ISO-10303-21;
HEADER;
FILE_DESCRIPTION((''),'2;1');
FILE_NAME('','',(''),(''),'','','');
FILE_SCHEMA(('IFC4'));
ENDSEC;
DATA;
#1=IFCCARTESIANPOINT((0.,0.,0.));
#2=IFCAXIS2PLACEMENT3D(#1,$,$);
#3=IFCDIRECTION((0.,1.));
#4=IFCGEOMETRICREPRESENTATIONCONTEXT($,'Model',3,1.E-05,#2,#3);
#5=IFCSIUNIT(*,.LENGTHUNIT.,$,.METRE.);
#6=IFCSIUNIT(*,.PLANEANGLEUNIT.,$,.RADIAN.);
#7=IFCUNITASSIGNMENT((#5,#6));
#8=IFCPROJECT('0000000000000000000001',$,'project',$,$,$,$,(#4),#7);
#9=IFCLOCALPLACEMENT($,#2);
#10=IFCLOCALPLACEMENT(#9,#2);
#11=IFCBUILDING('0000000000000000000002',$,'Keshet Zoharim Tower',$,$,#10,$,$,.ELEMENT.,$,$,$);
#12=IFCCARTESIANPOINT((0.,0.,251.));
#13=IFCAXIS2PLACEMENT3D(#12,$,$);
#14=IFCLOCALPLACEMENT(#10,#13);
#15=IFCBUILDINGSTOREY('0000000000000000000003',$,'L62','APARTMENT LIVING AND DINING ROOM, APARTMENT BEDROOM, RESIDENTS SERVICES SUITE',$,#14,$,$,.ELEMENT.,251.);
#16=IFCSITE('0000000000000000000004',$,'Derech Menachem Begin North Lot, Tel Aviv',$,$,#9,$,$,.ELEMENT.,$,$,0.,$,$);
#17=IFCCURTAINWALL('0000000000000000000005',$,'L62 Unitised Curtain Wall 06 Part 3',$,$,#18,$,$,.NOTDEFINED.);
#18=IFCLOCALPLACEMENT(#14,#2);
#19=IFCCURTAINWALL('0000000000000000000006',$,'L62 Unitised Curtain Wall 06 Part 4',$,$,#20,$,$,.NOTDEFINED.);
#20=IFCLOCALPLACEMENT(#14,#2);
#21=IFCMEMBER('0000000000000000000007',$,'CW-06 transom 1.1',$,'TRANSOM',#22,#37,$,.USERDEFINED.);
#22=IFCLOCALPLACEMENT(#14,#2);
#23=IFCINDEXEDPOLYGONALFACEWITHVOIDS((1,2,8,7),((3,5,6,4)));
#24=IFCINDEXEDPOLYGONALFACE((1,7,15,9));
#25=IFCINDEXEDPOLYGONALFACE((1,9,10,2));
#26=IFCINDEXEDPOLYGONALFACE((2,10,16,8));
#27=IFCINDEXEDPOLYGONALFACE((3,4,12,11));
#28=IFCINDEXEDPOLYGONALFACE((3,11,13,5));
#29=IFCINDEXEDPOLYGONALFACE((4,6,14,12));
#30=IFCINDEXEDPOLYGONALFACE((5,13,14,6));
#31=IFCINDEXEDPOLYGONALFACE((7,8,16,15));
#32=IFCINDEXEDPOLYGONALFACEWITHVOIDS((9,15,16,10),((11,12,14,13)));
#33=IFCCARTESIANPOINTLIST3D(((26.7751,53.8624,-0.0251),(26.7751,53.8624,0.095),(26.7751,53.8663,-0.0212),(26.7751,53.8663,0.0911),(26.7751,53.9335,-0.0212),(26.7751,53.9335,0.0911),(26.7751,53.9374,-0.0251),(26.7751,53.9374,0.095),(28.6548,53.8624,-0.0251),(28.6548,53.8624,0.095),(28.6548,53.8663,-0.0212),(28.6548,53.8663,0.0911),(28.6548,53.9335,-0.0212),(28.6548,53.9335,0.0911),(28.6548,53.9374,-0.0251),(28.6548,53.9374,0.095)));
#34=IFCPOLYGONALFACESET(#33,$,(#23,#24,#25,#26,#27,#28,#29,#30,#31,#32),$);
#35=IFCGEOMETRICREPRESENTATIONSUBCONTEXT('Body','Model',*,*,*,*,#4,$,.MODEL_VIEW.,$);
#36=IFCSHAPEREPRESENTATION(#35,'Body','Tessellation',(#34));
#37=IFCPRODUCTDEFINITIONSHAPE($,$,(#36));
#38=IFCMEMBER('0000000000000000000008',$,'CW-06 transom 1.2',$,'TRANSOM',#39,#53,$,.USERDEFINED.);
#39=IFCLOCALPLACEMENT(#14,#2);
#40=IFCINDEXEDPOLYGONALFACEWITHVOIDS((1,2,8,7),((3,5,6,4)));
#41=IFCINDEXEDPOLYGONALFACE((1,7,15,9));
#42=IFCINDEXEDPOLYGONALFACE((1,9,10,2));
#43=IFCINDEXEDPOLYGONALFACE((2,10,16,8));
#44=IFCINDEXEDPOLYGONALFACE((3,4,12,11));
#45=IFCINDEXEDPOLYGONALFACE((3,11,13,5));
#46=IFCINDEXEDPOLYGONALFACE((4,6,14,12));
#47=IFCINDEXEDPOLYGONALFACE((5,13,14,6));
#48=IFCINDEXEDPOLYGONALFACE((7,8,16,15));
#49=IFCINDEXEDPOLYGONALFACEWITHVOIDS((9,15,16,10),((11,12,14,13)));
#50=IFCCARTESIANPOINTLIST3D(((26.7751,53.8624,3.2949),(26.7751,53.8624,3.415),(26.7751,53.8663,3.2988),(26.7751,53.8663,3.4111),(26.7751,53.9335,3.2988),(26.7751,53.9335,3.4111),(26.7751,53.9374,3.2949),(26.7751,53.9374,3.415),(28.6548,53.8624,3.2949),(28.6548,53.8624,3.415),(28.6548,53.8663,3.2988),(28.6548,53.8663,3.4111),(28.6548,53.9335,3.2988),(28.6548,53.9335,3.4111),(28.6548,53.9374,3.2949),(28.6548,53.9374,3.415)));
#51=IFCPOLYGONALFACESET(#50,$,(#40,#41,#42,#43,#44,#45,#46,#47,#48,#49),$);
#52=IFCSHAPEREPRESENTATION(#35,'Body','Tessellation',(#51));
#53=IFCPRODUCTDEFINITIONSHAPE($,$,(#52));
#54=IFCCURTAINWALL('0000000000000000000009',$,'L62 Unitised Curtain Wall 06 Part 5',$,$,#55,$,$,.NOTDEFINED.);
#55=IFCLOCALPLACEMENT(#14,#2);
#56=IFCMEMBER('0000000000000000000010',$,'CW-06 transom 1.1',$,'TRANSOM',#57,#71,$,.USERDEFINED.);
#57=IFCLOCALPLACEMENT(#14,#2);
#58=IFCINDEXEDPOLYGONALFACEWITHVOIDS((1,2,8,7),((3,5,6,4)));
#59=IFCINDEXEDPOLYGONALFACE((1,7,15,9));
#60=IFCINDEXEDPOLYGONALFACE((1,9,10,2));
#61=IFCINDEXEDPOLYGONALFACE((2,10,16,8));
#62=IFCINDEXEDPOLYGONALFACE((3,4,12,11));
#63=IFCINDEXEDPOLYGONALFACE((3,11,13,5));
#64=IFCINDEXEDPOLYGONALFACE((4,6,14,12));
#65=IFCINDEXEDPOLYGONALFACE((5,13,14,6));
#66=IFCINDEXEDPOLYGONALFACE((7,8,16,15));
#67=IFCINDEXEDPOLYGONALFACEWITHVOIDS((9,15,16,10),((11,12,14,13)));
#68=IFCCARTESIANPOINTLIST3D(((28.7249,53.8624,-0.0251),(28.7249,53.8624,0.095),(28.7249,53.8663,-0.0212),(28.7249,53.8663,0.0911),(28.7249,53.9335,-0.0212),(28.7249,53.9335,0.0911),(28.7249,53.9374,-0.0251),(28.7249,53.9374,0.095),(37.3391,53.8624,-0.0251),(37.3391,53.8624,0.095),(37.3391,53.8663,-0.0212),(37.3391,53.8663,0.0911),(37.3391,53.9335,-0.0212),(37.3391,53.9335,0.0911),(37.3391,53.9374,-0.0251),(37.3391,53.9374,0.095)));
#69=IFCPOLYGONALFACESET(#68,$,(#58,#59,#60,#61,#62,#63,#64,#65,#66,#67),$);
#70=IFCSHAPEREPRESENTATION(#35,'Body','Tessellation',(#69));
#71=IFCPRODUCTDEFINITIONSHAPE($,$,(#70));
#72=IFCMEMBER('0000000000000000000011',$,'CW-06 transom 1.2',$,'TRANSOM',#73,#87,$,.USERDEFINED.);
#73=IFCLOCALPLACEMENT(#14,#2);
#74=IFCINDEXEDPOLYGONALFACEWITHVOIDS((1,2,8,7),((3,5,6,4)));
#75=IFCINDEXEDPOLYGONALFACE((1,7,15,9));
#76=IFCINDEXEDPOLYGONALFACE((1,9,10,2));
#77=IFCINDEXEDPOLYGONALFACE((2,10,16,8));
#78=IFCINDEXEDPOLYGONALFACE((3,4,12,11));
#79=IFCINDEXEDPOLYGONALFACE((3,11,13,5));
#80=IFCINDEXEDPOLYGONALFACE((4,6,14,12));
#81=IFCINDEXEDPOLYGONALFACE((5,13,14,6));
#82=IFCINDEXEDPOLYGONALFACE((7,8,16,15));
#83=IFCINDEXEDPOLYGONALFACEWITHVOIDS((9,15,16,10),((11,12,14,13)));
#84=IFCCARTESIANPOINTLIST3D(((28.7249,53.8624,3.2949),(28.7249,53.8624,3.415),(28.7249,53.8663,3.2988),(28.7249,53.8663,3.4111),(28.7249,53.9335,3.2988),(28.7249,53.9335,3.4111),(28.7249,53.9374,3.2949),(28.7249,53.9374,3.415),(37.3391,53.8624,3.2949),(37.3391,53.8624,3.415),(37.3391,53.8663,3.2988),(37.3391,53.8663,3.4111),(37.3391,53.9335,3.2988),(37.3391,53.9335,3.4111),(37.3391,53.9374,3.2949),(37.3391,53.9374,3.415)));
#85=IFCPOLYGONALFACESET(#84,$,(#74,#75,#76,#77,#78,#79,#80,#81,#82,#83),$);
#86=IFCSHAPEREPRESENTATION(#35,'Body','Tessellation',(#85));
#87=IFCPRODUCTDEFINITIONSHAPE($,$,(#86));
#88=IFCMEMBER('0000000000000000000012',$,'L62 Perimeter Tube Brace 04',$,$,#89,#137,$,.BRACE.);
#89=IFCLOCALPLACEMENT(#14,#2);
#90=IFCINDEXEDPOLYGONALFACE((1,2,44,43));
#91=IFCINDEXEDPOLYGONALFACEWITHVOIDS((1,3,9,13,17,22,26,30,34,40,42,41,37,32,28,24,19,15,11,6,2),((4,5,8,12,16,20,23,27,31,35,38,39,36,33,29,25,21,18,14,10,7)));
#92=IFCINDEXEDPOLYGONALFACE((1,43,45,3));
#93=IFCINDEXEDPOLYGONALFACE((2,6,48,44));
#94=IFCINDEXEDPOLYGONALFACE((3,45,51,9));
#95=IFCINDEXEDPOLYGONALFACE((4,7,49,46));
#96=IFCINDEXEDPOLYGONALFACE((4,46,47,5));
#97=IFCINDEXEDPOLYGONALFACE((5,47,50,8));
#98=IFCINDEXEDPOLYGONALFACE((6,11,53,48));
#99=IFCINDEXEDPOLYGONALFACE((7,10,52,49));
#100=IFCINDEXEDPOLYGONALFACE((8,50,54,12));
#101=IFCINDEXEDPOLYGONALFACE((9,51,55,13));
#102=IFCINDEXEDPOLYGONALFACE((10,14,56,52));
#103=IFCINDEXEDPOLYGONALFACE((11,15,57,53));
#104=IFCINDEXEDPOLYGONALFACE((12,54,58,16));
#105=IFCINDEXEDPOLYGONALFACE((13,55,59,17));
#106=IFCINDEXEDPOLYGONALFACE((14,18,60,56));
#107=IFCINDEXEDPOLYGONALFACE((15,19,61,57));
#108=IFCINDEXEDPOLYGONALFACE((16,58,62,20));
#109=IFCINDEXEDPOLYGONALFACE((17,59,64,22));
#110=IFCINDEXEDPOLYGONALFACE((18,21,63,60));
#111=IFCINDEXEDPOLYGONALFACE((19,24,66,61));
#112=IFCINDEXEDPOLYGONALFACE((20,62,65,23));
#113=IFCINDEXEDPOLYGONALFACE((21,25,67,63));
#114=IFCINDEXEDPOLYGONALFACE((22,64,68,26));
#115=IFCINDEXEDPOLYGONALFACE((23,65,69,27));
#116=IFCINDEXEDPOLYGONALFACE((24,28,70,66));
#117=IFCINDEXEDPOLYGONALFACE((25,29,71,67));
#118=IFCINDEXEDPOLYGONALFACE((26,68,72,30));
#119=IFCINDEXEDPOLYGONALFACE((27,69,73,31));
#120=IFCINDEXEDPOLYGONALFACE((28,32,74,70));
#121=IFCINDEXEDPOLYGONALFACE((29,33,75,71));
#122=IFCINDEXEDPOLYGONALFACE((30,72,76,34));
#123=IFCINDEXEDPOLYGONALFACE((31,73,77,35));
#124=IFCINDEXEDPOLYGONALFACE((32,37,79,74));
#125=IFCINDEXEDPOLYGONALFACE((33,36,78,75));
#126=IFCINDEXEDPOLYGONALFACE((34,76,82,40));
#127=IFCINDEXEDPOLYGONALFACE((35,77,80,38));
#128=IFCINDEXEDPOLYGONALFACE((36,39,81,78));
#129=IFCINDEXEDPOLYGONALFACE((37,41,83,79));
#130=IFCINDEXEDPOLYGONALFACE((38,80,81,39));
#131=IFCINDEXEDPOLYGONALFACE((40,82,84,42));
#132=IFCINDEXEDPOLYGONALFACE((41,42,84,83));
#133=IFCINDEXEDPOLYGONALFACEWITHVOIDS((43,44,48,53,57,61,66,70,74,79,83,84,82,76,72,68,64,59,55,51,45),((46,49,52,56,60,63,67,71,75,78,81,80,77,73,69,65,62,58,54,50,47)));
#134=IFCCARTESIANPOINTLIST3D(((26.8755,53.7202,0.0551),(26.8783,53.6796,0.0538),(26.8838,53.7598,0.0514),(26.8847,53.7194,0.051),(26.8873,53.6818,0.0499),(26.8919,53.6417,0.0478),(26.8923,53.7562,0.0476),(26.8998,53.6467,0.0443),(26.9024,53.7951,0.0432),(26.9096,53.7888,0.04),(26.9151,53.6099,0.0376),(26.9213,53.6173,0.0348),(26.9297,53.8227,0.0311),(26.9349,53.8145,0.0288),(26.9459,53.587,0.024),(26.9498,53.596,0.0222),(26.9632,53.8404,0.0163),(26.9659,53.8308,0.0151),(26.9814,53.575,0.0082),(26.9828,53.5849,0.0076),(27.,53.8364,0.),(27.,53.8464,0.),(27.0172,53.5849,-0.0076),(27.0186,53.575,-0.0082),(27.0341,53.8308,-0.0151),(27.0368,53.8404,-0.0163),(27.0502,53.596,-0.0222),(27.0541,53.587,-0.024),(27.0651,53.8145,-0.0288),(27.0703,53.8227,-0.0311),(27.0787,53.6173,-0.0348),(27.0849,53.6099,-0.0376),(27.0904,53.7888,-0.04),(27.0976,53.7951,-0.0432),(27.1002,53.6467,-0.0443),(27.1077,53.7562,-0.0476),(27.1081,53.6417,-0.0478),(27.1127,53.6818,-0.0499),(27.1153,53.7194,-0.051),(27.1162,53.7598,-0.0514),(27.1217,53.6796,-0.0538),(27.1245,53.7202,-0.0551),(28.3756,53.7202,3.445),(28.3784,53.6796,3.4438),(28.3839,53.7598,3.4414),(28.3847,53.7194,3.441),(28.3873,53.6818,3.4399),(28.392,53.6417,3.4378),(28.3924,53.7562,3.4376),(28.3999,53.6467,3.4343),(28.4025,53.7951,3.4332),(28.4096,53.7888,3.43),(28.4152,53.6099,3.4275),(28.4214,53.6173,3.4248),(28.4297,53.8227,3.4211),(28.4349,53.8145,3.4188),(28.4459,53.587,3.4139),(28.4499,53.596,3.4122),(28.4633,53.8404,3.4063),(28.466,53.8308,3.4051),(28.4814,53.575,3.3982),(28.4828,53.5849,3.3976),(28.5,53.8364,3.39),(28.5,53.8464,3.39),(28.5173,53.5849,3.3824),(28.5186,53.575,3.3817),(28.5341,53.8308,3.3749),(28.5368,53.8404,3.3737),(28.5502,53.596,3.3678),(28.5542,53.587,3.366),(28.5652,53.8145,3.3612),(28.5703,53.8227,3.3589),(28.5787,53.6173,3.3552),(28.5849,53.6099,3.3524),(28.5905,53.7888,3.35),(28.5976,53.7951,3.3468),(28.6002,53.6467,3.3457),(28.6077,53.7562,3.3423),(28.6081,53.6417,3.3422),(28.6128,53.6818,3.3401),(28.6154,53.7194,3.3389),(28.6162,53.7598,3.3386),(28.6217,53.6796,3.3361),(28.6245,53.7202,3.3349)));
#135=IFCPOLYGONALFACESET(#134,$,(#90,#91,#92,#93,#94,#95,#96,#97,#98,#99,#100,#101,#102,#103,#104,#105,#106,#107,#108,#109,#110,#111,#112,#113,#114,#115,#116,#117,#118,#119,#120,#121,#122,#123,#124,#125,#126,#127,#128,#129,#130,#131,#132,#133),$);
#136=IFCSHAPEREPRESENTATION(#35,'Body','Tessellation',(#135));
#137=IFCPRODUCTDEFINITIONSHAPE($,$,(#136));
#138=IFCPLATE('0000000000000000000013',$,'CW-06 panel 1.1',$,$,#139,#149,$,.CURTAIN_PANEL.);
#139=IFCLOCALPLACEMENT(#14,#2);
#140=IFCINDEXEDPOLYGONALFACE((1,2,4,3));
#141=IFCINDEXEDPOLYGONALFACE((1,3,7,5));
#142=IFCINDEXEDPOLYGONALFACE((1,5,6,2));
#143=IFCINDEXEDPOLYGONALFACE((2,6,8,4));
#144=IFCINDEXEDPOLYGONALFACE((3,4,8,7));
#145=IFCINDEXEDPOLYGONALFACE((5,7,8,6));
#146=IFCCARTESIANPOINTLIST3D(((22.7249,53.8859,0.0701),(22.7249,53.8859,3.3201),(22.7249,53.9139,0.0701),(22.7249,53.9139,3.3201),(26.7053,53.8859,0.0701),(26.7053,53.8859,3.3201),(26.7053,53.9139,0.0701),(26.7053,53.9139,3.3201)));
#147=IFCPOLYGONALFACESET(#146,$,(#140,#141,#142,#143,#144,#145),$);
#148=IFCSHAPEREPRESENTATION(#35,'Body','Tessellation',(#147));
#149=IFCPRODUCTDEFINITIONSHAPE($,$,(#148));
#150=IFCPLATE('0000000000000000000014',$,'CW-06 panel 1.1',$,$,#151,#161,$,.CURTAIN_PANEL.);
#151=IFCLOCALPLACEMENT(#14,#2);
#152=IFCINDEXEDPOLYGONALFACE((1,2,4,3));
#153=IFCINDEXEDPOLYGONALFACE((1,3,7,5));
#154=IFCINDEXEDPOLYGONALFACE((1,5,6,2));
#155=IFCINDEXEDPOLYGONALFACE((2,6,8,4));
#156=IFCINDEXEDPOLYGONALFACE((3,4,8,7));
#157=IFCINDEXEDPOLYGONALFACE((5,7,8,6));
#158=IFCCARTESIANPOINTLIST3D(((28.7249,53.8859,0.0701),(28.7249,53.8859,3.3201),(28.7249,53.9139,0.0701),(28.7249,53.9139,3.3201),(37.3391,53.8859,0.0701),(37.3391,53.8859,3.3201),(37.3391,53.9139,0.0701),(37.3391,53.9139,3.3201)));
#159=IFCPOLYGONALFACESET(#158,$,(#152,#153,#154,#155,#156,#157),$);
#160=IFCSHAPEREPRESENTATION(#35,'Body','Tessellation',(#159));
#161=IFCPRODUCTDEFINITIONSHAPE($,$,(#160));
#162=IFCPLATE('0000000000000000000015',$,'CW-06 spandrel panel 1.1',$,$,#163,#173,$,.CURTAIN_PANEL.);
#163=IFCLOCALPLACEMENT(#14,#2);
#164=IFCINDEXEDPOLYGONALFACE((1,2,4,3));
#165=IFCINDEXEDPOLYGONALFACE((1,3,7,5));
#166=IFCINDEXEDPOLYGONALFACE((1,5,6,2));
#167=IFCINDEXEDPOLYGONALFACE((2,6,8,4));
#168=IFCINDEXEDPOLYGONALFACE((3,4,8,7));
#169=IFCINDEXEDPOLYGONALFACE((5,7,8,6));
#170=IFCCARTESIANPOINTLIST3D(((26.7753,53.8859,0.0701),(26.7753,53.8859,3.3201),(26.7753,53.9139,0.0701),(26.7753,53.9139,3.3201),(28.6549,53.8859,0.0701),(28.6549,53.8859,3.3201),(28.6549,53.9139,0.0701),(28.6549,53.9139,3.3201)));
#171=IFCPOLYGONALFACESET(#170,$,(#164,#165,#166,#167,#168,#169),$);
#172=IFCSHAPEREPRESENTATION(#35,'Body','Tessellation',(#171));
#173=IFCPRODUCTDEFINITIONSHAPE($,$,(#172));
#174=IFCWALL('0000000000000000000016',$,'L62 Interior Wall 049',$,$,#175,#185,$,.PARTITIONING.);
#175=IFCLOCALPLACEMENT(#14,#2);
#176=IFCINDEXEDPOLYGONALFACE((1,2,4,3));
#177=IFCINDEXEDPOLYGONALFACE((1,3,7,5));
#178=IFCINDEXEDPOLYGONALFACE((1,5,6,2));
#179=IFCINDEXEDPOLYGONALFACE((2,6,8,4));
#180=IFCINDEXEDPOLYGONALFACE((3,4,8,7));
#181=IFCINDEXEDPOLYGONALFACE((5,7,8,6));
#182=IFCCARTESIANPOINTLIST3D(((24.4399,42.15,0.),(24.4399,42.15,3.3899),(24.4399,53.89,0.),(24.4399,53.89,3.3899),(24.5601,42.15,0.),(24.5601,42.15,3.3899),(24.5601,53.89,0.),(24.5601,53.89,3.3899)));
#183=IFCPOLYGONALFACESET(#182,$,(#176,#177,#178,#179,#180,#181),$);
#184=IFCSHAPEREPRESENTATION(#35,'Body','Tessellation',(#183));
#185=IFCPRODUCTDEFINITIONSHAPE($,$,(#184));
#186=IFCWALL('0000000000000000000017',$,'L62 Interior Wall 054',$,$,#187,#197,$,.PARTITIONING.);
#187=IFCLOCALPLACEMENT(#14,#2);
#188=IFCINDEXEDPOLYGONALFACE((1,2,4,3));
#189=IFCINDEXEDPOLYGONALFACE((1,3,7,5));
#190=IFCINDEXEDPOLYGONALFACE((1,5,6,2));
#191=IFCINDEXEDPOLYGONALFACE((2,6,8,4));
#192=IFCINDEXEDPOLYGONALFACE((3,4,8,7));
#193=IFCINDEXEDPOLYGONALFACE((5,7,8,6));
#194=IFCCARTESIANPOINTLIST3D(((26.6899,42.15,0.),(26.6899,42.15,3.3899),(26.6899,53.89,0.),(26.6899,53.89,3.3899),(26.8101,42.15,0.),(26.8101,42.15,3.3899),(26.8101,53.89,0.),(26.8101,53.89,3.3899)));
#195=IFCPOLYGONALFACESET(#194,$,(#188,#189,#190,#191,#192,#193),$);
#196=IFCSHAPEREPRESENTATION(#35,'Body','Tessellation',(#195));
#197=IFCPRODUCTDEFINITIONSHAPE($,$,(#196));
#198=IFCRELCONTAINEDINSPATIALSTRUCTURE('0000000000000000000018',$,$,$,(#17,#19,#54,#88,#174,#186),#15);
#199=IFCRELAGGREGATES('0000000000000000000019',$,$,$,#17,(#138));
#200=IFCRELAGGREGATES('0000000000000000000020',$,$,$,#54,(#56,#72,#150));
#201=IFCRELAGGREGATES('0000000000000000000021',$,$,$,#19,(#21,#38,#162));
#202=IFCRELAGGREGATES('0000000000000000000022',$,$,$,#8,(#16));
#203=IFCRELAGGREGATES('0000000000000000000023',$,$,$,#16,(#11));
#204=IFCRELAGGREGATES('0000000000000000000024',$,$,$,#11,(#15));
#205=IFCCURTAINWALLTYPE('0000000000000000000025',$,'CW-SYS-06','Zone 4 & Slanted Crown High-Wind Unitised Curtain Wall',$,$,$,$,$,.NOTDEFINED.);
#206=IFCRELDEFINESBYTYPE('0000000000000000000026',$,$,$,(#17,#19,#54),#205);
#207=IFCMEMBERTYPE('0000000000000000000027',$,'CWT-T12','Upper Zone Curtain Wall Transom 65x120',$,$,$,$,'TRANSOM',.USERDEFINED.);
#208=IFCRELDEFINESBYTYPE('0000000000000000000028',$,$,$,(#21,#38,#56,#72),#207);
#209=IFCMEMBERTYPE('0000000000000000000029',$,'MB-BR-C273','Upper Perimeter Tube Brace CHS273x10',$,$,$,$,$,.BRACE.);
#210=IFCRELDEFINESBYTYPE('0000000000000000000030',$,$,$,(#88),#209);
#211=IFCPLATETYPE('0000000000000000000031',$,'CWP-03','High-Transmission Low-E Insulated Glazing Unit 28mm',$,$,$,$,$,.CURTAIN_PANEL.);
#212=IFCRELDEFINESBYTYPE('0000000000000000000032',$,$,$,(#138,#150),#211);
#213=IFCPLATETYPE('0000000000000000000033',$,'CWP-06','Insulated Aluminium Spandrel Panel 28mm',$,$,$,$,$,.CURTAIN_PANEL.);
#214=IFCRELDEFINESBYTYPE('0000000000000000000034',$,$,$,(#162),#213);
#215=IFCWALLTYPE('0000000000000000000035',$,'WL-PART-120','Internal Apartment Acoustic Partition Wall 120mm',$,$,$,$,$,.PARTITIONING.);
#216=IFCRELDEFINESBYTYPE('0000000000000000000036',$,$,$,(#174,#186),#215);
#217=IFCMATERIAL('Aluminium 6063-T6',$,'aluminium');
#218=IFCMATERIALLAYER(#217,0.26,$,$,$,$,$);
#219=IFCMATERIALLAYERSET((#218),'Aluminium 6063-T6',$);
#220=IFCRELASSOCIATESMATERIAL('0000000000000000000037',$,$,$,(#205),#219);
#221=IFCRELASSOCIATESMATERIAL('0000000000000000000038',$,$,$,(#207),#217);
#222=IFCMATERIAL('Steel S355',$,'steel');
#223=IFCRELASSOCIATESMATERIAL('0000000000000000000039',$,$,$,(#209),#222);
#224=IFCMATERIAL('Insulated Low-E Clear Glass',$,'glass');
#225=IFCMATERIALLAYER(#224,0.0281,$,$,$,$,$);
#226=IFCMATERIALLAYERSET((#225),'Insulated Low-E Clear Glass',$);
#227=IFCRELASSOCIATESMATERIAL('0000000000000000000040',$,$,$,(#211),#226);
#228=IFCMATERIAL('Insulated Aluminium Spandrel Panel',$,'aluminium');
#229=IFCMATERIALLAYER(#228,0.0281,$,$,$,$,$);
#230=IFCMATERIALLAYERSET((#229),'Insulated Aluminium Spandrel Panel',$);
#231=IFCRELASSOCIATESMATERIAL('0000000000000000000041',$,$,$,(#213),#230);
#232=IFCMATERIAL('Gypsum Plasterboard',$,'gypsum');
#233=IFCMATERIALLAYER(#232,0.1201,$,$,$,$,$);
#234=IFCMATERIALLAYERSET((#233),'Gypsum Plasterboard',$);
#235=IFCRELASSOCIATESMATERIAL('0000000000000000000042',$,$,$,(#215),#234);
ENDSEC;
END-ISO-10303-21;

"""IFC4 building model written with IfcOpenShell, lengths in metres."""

from ifc_helpers import new_model, si_unit, direction, frame, frame_2d, origin, origin_2d, place, context, subcontext, project, spatial, rectangle, hollow_rectangle, hollow_circle, extrude, material, layer, layer_set, material_profile, profile_set, type_object, element, aggregate, save


model = new_model("IFC4")

# Units and contexts
model_context = context("Model", 3, precision=1e-05, world=origin(), true_north=direction((0.0, 1.0)))
body_context = subcontext(model_context, "Body", "Model", "MODEL_VIEW")
ifc_project = project(units=[si_unit("LENGTHUNIT", "METRE"), si_unit("PLANEANGLEUNIT", "RADIAN")], contexts=[model_context])

# Site, building, storey
site_placement = place(None, origin())
site = spatial("IfcSite", under=ifc_project, at=site_placement, Name="Derech Menachem Begin North Lot, Tel Aviv", CompositionType="ELEMENT", RefElevation=0.0)
building_placement = place(site_placement, origin())
building = spatial("IfcBuilding", under=site, at=building_placement, Name="Keshet Zoharim Tower", CompositionType="ELEMENT")
storey_placement = place(building_placement, frame((0.0, 0.0, 251.0)))
storey = spatial("IfcBuildingStorey", under=building, at=storey_placement, Name="L62", Description="APARTMENT LIVING AND DINING ROOM, APARTMENT BEDROOM, RESIDENTS SERVICES SUITE", CompositionType="ELEMENT", Elevation=251.0)

# Shared definitions
ifc_material_1 = material(Name="Steel S355", Category="steel")

# Curtain wall
ifc_material_2 = material(Name="Aluminium 6063-T6", Category="aluminium")
ifc_layer_1 = layer(ifc_material_2, 0.26)
ifc_layer_set_1 = layer_set([ifc_layer_1], Name="Aluminium 6063-T6")
curtain_wall_type = type_object("IfcCurtainWallType", Name="CW-SYS-06", Description="Zone 4 & Slanted Crown High-Wind Unitised Curtain Wall", PredefinedType="NOTDEFINED", material=ifc_layer_set_1)
curtain_wall_1_placement = place(storey_placement, origin())
curtain_wall_1 = element("IfcCurtainWall", 1, at=curtain_wall_1_placement, inside=storey, type_object=curtain_wall_type, Name="L62 Unitised Curtain Wall 06 Part 3", PredefinedType="NOTDEFINED")

# Curtain walls, members
curtain_wall_2_placement = place(storey_placement, origin())
curtain_wall_2 = element("IfcCurtainWall", 2, at=curtain_wall_2_placement, inside=storey, type_object=curtain_wall_type, Name="L62 Unitised Curtain Wall 06 Part 4", PredefinedType="NOTDEFINED")
ifc_material_profile_1 = material_profile(ifc_material_2, hollow_rectangle(XDim=0.075, YDim=0.1201, WallThickness=0.0039, at=origin_2d()), Name="TRN-75x120")
ifc_profile_set_1 = profile_set([ifc_material_profile_1], Name="Aluminium 6063-T6")
member_type_1 = type_object("IfcMemberType", Name="CWT-T12", Description="Upper Zone Curtain Wall Transom 65x120", ElementType="TRANSOM", PredefinedType="USERDEFINED", material=ifc_profile_set_1)
member_1_placement = place(storey_placement, frame((26.7751, 53.8999, 0.0349), z_axis=(1.0, 0.0, 0.0), x_axis=(0.0, 1.0, 0.0)))
member_1 = element("IfcMember", 3, at=member_1_placement, type_object=member_type_1, Name="CW-06 transom 1.1", ObjectType="TRANSOM", PredefinedType="USERDEFINED", context=body_context, shape_type="SweptSolid", body=[
    extrude(hollow_rectangle(XDim=0.075, YDim=0.1201, WallThickness=0.0039, at=origin_2d()), origin(), (0.0, 0.0, 1.0), 1.8796),
])
member_2_placement = place(storey_placement, frame((26.7751, 53.8999, 3.355), z_axis=(1.0, 0.0, 0.0), x_axis=(0.0, 1.0, 0.0)))
member_2 = element("IfcMember", 4, at=member_2_placement, type_object=member_type_1, Name="CW-06 transom 1.2", ObjectType="TRANSOM", PredefinedType="USERDEFINED", context=body_context, shape_type="SweptSolid", body=[
    extrude(hollow_rectangle(XDim=0.075, YDim=0.1201, WallThickness=0.0039, at=origin_2d()), origin(), (0.0, 0.0, 1.0), 1.8796),
])
curtain_wall_3_placement = place(storey_placement, origin())
curtain_wall_3 = element("IfcCurtainWall", 5, at=curtain_wall_3_placement, inside=storey, type_object=curtain_wall_type, Name="L62 Unitised Curtain Wall 06 Part 5", PredefinedType="NOTDEFINED")
member_3_placement = place(storey_placement, frame((28.7249, 53.8999, 0.0349), z_axis=(1.0, 0.0, 0.0), x_axis=(0.0, 1.0, 0.0)))
member_3 = element("IfcMember", 6, at=member_3_placement, type_object=member_type_1, Name="CW-06 transom 1.1", ObjectType="TRANSOM", PredefinedType="USERDEFINED", context=body_context, shape_type="SweptSolid", body=[
    extrude(hollow_rectangle(XDim=0.075, YDim=0.1201, WallThickness=0.0039, at=origin_2d()), origin(), (0.0, 0.0, 1.0), 8.6143),
])
member_4_placement = place(storey_placement, frame((28.7249, 53.8999, 3.355), z_axis=(1.0, 0.0, 0.0), x_axis=(0.0, 1.0, 0.0)))
member_4 = element("IfcMember", 7, at=member_4_placement, type_object=member_type_1, Name="CW-06 transom 1.2", ObjectType="TRANSOM", PredefinedType="USERDEFINED", context=body_context, shape_type="SweptSolid", body=[
    extrude(hollow_rectangle(XDim=0.075, YDim=0.1201, WallThickness=0.0039, at=origin_2d()), origin(), (0.0, 0.0, 1.0), 8.6143),
])

# Member
ifc_material_profile_2 = material_profile(ifc_material_1, hollow_circle(Radius=0.1365, WallThickness=0.01, at=origin_2d()), Name="CHS273x10")
ifc_profile_set_2 = profile_set([ifc_material_profile_2], Name="Steel S355")
member_type_2 = type_object("IfcMemberType", Name="MB-BR-C273", Description="Upper Perimeter Tube Brace CHS273x10", PredefinedType="BRACE", material=ifc_profile_set_2)
member_5_placement = place(storey_placement, frame((27.0, 53.71, 0.0), z_axis=(0.404647, 0.0, 0.914473), x_axis=(0.0, 1.0, 0.0)))
element("IfcMember", 8, at=member_5_placement, inside=storey, type_object=member_type_2, Name="L62 Perimeter Tube Brace 04", PredefinedType="BRACE", context=body_context, shape_type="SweptSolid", body=[
    extrude(hollow_circle(Radius=0.1365, WallThickness=0.01, at=origin_2d()), origin(), (0.0, 0.0, 1.0), 3.707),
])

# Plates
ifc_material_3 = material(Name="Insulated Low-E Clear Glass", Category="glass")
ifc_layer_2 = layer(ifc_material_3, 0.0281)
ifc_layer_set_2 = layer_set([ifc_layer_2], Name="Insulated Low-E Clear Glass")
plate_type_1 = type_object("IfcPlateType", Name="CWP-03", Description="High-Transmission Low-E Insulated Glazing Unit 28mm", PredefinedType="CURTAIN_PANEL", material=ifc_layer_set_2)
plate_1_placement = place(storey_placement, frame((24.7151, 53.8999, 0.0701), z_axis=(0.0, 0.0, 1.0), x_axis=(1.0, 0.0, 0.0)))
plate_1 = element("IfcPlate", 9, at=plate_1_placement, type_object=plate_type_1, Name="CW-06 panel 1.1", PredefinedType="CURTAIN_PANEL", context=body_context, shape_type="SweptSolid", body=[
    extrude(rectangle(XDim=3.9805, YDim=0.0281, at=origin_2d()), origin(), (0.0, 0.0, 1.0), 3.25),
])
aggregate(curtain_wall_1, [plate_1])
plate_2_placement = place(storey_placement, frame((33.032, 53.8999, 0.0701), z_axis=(0.0, 0.0, 1.0), x_axis=(1.0, 0.0, 0.0)))
plate_2 = element("IfcPlate", 10, at=plate_2_placement, type_object=plate_type_1, Name="CW-06 panel 1.1", PredefinedType="CURTAIN_PANEL", context=body_context, shape_type="SweptSolid", body=[
    extrude(rectangle(XDim=8.6143, YDim=0.0281, at=origin_2d()), origin(), (0.0, 0.0, 1.0), 3.25),
])
aggregate(curtain_wall_3, [member_3, member_4, plate_2])
ifc_material_4 = material(Name="Insulated Aluminium Spandrel Panel", Category="aluminium")
ifc_layer_3 = layer(ifc_material_4, 0.0281)
ifc_layer_set_3 = layer_set([ifc_layer_3], Name="Insulated Aluminium Spandrel Panel")
plate_type_2 = type_object("IfcPlateType", Name="CWP-06", Description="Insulated Aluminium Spandrel Panel 28mm", PredefinedType="CURTAIN_PANEL", material=ifc_layer_set_3)
plate_3_placement = place(storey_placement, frame((27.7151, 53.8999, 0.0701), z_axis=(0.0, 0.0, 1.0), x_axis=(1.0, 0.0, 0.0)))
plate_3 = element("IfcPlate", 11, at=plate_3_placement, type_object=plate_type_2, Name="CW-06 spandrel panel 1.1", PredefinedType="CURTAIN_PANEL", context=body_context, shape_type="SweptSolid", body=[
    extrude(rectangle(XDim=1.8796, YDim=0.0281, at=origin_2d()), origin(), (0.0, 0.0, 1.0), 3.25),
])
aggregate(curtain_wall_2, [member_1, member_2, plate_3])

# Walls
ifc_material_5 = material(Name="Gypsum Plasterboard", Category="gypsum")
ifc_layer_4 = layer(ifc_material_5, 0.1201)
ifc_layer_set_4 = layer_set([ifc_layer_4], Name="Gypsum Plasterboard")
wall_type_1 = type_object("IfcWallType", Name="WL-PART-120", Description="Internal Apartment Acoustic Partition Wall 120mm", PredefinedType="PARTITIONING", material=ifc_layer_set_4)
for number, where, z_axis, x_axis, name in (
    (12, (24.5, 42.1499, 0.0), (0.0, 0.0, 1.0), (0.0, 1.0, 0.0), "L62 Interior Wall 049"),
    (13, (26.75, 42.1499, 0.0), (0.0, 0.0, 1.0), (0.0, 1.0, 0.0), "L62 Interior Wall 054"),
):
    element("IfcWall", number, at=place(storey_placement, frame(where, z_axis=z_axis, x_axis=x_axis)), inside=storey, type_object=wall_type_1, Name=name, PredefinedType="PARTITIONING", context=body_context, shape_type="SweptSolid", body=[
        extrude(rectangle(XDim=11.74, YDim=0.1201, at=frame_2d((5.8701, 0.0))), origin(), (0.0, 0.0, 1.0), 3.3899),
    ])

save(model, "model.ifc")
